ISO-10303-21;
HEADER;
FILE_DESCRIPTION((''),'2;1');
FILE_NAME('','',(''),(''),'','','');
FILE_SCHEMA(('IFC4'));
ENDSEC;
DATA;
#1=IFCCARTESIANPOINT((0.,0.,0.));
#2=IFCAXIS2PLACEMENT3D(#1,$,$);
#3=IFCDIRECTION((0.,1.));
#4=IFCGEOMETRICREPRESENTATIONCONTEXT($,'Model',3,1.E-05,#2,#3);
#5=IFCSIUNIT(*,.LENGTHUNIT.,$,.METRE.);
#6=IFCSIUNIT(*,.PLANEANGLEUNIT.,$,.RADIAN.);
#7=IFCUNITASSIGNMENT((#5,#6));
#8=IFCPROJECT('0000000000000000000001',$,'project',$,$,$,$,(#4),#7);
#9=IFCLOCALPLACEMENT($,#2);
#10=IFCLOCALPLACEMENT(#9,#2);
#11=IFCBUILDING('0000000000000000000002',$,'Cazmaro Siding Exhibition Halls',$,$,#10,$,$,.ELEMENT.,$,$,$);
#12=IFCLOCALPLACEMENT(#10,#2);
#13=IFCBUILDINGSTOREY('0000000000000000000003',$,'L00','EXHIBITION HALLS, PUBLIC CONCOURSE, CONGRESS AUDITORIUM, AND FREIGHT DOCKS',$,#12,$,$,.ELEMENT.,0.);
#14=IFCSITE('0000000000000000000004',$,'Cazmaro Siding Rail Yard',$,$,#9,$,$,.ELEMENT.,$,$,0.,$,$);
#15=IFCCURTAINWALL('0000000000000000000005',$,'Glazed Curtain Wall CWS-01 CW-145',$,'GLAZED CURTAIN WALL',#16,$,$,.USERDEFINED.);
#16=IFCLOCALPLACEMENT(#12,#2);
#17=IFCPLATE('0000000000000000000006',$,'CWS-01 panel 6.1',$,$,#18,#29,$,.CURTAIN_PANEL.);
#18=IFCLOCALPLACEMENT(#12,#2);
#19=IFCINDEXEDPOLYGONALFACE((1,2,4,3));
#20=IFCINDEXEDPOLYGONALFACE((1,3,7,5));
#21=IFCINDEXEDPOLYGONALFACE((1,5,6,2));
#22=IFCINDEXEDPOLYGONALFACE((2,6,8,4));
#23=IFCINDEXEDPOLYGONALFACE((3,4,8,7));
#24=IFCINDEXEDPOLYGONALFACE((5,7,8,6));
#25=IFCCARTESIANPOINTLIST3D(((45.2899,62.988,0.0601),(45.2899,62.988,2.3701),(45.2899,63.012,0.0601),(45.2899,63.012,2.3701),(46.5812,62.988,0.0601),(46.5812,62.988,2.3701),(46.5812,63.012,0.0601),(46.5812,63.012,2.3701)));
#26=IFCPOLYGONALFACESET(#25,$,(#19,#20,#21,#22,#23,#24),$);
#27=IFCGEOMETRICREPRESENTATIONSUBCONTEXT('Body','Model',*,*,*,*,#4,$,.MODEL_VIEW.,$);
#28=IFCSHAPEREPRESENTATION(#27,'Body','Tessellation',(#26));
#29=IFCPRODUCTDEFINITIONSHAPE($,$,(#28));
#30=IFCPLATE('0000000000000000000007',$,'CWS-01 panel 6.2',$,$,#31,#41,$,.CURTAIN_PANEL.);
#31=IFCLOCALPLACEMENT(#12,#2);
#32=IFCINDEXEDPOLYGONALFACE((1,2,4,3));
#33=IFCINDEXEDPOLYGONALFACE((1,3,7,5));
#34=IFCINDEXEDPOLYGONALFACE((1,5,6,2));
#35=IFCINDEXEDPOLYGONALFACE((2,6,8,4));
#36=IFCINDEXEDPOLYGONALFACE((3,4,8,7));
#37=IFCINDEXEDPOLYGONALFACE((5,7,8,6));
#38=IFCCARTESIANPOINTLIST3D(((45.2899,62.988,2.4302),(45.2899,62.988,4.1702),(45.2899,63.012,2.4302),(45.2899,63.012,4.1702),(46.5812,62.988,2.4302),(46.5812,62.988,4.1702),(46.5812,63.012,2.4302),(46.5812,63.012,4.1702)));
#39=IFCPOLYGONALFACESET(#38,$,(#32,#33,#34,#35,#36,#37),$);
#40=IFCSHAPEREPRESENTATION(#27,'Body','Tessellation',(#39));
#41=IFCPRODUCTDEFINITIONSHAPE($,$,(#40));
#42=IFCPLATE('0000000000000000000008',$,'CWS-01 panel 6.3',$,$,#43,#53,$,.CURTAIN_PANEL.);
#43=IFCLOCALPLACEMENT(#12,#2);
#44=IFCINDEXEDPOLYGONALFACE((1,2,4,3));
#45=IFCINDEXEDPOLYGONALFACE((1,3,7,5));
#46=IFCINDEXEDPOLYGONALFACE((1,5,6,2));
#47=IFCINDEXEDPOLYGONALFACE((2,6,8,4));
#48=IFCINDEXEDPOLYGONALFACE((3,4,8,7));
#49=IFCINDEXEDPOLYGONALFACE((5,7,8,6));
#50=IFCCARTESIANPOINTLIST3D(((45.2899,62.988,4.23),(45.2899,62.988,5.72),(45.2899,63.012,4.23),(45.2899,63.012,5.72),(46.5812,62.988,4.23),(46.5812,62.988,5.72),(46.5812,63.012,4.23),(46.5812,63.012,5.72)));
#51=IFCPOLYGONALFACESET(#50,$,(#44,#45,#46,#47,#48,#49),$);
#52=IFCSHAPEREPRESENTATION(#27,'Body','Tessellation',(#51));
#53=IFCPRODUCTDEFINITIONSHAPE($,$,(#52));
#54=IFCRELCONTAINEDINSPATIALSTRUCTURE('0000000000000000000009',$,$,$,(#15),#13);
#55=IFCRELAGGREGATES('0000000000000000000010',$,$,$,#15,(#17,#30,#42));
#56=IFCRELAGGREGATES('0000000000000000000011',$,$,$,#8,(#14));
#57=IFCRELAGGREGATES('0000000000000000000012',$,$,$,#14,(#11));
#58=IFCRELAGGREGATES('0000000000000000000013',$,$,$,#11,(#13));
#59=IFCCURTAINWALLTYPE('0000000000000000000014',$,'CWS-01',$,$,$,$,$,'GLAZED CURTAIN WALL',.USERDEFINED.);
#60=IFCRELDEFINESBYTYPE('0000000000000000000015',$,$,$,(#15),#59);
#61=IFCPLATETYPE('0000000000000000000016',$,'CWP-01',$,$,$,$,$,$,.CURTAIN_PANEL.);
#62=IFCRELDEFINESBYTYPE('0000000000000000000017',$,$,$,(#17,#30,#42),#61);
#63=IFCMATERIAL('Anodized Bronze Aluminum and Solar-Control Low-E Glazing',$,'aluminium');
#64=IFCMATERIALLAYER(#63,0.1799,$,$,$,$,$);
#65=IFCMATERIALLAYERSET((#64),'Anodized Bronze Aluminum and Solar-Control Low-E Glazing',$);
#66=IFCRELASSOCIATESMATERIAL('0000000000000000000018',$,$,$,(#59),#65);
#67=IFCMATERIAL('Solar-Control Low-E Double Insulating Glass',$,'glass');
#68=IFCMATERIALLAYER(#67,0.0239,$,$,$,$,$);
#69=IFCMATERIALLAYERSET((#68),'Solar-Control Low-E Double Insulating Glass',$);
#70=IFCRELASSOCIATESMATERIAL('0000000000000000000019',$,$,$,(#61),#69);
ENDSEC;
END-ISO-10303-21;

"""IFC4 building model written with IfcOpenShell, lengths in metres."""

from ifc_helpers import new_model, si_unit, direction, frame, origin, origin_2d, place, context, subcontext, project, spatial, rectangle, extrude, material, layer, layer_set, type_object, element, aggregate, save


model = new_model("IFC4")

# Units and contexts
model_context = context("Model", 3, precision=1e-05, world=origin(), true_north=direction((0.0, 1.0)))
body_context = subcontext(model_context, "Body", "Model", "MODEL_VIEW")
ifc_project = project(units=[si_unit("LENGTHUNIT", "METRE"), si_unit("PLANEANGLEUNIT", "RADIAN")], contexts=[model_context])

# Site, building, storey
site_placement = place(None, origin())
site = spatial("IfcSite", under=ifc_project, at=site_placement, Name="Cazmaro Siding Rail Yard", CompositionType="ELEMENT", RefElevation=0.0)
building_placement = place(site_placement, origin())
building = spatial("IfcBuilding", under=site, at=building_placement, Name="Cazmaro Siding Exhibition Halls", CompositionType="ELEMENT")
storey_placement = place(building_placement, origin())
storey = spatial("IfcBuildingStorey", under=building, at=storey_placement, Name="L00", Description="EXHIBITION HALLS, PUBLIC CONCOURSE, CONGRESS AUDITORIUM, AND FREIGHT DOCKS", CompositionType="ELEMENT", Elevation=0.0)

# Shared definitions
ifc_material_1 = material(Name="Anodized Bronze Aluminum and Solar-Control Low-E Glazing", Category="aluminium")
ifc_layer_1 = layer(ifc_material_1, 0.1799)
ifc_layer_set_1 = layer_set([ifc_layer_1], Name="Anodized Bronze Aluminum and Solar-Control Low-E Glazing")
curtain_wall_type = type_object("IfcCurtainWallType", Name="CWS-01", ElementType="GLAZED CURTAIN WALL", PredefinedType="USERDEFINED", material=ifc_layer_set_1)

# Curtain wall, plates
curtain_wall_1_placement = place(storey_placement, origin())
curtain_wall_1 = element("IfcCurtainWall", 1, at=curtain_wall_1_placement, inside=storey, type_object=curtain_wall_type, Name="Glazed Curtain Wall CWS-01 CW-145", ObjectType="GLAZED CURTAIN WALL", PredefinedType="USERDEFINED")
ifc_material_2 = material(Name="Solar-Control Low-E Double Insulating Glass", Category="glass")
ifc_layer_2 = layer(ifc_material_2, 0.0239)
ifc_layer_set_2 = layer_set([ifc_layer_2], Name="Solar-Control Low-E Double Insulating Glass")
plate_type = type_object("IfcPlateType", Name="CWP-01", PredefinedType="CURTAIN_PANEL", material=ifc_layer_set_2)
plate_1_placement = place(storey_placement, frame((45.9355, 63.0, 0.0601), z_axis=(0.0, 0.0, 1.0), x_axis=(-1.0, 0.0, 0.0)))
plate_1 = element("IfcPlate", 2, at=plate_1_placement, type_object=plate_type, Name="CWS-01 panel 6.1", PredefinedType="CURTAIN_PANEL", context=body_context, shape_type="SweptSolid", body=[
    extrude(rectangle(XDim=1.2913, YDim=0.0239, at=origin_2d()), origin(), (0.0, 0.0, 1.0), 2.3101),
])
plate_2_placement = place(storey_placement, frame((45.9355, 63.0, 2.4302), z_axis=(0.0, 0.0, 1.0), x_axis=(-1.0, 0.0, 0.0)))
plate_2 = element("IfcPlate", 3, at=plate_2_placement, type_object=plate_type, Name="CWS-01 panel 6.2", PredefinedType="CURTAIN_PANEL", context=body_context, shape_type="SweptSolid", body=[
    extrude(rectangle(XDim=1.2913, YDim=0.0239, at=origin_2d()), origin(), (0.0, 0.0, 1.0), 1.74),
])
plate_3_placement = place(storey_placement, frame((45.9355, 63.0, 4.23), z_axis=(0.0, 0.0, 1.0), x_axis=(-1.0, 0.0, 0.0)))
plate_3 = element("IfcPlate", 4, at=plate_3_placement, type_object=plate_type, Name="CWS-01 panel 6.3", PredefinedType="CURTAIN_PANEL", context=body_context, shape_type="SweptSolid", body=[
    extrude(rectangle(XDim=1.2913, YDim=0.0239, at=origin_2d()), origin(), (0.0, 0.0, 1.0), 1.49),
])
aggregate(curtain_wall_1, [plate_1, plate_2, plate_3])

save(model, "model.ifc")
